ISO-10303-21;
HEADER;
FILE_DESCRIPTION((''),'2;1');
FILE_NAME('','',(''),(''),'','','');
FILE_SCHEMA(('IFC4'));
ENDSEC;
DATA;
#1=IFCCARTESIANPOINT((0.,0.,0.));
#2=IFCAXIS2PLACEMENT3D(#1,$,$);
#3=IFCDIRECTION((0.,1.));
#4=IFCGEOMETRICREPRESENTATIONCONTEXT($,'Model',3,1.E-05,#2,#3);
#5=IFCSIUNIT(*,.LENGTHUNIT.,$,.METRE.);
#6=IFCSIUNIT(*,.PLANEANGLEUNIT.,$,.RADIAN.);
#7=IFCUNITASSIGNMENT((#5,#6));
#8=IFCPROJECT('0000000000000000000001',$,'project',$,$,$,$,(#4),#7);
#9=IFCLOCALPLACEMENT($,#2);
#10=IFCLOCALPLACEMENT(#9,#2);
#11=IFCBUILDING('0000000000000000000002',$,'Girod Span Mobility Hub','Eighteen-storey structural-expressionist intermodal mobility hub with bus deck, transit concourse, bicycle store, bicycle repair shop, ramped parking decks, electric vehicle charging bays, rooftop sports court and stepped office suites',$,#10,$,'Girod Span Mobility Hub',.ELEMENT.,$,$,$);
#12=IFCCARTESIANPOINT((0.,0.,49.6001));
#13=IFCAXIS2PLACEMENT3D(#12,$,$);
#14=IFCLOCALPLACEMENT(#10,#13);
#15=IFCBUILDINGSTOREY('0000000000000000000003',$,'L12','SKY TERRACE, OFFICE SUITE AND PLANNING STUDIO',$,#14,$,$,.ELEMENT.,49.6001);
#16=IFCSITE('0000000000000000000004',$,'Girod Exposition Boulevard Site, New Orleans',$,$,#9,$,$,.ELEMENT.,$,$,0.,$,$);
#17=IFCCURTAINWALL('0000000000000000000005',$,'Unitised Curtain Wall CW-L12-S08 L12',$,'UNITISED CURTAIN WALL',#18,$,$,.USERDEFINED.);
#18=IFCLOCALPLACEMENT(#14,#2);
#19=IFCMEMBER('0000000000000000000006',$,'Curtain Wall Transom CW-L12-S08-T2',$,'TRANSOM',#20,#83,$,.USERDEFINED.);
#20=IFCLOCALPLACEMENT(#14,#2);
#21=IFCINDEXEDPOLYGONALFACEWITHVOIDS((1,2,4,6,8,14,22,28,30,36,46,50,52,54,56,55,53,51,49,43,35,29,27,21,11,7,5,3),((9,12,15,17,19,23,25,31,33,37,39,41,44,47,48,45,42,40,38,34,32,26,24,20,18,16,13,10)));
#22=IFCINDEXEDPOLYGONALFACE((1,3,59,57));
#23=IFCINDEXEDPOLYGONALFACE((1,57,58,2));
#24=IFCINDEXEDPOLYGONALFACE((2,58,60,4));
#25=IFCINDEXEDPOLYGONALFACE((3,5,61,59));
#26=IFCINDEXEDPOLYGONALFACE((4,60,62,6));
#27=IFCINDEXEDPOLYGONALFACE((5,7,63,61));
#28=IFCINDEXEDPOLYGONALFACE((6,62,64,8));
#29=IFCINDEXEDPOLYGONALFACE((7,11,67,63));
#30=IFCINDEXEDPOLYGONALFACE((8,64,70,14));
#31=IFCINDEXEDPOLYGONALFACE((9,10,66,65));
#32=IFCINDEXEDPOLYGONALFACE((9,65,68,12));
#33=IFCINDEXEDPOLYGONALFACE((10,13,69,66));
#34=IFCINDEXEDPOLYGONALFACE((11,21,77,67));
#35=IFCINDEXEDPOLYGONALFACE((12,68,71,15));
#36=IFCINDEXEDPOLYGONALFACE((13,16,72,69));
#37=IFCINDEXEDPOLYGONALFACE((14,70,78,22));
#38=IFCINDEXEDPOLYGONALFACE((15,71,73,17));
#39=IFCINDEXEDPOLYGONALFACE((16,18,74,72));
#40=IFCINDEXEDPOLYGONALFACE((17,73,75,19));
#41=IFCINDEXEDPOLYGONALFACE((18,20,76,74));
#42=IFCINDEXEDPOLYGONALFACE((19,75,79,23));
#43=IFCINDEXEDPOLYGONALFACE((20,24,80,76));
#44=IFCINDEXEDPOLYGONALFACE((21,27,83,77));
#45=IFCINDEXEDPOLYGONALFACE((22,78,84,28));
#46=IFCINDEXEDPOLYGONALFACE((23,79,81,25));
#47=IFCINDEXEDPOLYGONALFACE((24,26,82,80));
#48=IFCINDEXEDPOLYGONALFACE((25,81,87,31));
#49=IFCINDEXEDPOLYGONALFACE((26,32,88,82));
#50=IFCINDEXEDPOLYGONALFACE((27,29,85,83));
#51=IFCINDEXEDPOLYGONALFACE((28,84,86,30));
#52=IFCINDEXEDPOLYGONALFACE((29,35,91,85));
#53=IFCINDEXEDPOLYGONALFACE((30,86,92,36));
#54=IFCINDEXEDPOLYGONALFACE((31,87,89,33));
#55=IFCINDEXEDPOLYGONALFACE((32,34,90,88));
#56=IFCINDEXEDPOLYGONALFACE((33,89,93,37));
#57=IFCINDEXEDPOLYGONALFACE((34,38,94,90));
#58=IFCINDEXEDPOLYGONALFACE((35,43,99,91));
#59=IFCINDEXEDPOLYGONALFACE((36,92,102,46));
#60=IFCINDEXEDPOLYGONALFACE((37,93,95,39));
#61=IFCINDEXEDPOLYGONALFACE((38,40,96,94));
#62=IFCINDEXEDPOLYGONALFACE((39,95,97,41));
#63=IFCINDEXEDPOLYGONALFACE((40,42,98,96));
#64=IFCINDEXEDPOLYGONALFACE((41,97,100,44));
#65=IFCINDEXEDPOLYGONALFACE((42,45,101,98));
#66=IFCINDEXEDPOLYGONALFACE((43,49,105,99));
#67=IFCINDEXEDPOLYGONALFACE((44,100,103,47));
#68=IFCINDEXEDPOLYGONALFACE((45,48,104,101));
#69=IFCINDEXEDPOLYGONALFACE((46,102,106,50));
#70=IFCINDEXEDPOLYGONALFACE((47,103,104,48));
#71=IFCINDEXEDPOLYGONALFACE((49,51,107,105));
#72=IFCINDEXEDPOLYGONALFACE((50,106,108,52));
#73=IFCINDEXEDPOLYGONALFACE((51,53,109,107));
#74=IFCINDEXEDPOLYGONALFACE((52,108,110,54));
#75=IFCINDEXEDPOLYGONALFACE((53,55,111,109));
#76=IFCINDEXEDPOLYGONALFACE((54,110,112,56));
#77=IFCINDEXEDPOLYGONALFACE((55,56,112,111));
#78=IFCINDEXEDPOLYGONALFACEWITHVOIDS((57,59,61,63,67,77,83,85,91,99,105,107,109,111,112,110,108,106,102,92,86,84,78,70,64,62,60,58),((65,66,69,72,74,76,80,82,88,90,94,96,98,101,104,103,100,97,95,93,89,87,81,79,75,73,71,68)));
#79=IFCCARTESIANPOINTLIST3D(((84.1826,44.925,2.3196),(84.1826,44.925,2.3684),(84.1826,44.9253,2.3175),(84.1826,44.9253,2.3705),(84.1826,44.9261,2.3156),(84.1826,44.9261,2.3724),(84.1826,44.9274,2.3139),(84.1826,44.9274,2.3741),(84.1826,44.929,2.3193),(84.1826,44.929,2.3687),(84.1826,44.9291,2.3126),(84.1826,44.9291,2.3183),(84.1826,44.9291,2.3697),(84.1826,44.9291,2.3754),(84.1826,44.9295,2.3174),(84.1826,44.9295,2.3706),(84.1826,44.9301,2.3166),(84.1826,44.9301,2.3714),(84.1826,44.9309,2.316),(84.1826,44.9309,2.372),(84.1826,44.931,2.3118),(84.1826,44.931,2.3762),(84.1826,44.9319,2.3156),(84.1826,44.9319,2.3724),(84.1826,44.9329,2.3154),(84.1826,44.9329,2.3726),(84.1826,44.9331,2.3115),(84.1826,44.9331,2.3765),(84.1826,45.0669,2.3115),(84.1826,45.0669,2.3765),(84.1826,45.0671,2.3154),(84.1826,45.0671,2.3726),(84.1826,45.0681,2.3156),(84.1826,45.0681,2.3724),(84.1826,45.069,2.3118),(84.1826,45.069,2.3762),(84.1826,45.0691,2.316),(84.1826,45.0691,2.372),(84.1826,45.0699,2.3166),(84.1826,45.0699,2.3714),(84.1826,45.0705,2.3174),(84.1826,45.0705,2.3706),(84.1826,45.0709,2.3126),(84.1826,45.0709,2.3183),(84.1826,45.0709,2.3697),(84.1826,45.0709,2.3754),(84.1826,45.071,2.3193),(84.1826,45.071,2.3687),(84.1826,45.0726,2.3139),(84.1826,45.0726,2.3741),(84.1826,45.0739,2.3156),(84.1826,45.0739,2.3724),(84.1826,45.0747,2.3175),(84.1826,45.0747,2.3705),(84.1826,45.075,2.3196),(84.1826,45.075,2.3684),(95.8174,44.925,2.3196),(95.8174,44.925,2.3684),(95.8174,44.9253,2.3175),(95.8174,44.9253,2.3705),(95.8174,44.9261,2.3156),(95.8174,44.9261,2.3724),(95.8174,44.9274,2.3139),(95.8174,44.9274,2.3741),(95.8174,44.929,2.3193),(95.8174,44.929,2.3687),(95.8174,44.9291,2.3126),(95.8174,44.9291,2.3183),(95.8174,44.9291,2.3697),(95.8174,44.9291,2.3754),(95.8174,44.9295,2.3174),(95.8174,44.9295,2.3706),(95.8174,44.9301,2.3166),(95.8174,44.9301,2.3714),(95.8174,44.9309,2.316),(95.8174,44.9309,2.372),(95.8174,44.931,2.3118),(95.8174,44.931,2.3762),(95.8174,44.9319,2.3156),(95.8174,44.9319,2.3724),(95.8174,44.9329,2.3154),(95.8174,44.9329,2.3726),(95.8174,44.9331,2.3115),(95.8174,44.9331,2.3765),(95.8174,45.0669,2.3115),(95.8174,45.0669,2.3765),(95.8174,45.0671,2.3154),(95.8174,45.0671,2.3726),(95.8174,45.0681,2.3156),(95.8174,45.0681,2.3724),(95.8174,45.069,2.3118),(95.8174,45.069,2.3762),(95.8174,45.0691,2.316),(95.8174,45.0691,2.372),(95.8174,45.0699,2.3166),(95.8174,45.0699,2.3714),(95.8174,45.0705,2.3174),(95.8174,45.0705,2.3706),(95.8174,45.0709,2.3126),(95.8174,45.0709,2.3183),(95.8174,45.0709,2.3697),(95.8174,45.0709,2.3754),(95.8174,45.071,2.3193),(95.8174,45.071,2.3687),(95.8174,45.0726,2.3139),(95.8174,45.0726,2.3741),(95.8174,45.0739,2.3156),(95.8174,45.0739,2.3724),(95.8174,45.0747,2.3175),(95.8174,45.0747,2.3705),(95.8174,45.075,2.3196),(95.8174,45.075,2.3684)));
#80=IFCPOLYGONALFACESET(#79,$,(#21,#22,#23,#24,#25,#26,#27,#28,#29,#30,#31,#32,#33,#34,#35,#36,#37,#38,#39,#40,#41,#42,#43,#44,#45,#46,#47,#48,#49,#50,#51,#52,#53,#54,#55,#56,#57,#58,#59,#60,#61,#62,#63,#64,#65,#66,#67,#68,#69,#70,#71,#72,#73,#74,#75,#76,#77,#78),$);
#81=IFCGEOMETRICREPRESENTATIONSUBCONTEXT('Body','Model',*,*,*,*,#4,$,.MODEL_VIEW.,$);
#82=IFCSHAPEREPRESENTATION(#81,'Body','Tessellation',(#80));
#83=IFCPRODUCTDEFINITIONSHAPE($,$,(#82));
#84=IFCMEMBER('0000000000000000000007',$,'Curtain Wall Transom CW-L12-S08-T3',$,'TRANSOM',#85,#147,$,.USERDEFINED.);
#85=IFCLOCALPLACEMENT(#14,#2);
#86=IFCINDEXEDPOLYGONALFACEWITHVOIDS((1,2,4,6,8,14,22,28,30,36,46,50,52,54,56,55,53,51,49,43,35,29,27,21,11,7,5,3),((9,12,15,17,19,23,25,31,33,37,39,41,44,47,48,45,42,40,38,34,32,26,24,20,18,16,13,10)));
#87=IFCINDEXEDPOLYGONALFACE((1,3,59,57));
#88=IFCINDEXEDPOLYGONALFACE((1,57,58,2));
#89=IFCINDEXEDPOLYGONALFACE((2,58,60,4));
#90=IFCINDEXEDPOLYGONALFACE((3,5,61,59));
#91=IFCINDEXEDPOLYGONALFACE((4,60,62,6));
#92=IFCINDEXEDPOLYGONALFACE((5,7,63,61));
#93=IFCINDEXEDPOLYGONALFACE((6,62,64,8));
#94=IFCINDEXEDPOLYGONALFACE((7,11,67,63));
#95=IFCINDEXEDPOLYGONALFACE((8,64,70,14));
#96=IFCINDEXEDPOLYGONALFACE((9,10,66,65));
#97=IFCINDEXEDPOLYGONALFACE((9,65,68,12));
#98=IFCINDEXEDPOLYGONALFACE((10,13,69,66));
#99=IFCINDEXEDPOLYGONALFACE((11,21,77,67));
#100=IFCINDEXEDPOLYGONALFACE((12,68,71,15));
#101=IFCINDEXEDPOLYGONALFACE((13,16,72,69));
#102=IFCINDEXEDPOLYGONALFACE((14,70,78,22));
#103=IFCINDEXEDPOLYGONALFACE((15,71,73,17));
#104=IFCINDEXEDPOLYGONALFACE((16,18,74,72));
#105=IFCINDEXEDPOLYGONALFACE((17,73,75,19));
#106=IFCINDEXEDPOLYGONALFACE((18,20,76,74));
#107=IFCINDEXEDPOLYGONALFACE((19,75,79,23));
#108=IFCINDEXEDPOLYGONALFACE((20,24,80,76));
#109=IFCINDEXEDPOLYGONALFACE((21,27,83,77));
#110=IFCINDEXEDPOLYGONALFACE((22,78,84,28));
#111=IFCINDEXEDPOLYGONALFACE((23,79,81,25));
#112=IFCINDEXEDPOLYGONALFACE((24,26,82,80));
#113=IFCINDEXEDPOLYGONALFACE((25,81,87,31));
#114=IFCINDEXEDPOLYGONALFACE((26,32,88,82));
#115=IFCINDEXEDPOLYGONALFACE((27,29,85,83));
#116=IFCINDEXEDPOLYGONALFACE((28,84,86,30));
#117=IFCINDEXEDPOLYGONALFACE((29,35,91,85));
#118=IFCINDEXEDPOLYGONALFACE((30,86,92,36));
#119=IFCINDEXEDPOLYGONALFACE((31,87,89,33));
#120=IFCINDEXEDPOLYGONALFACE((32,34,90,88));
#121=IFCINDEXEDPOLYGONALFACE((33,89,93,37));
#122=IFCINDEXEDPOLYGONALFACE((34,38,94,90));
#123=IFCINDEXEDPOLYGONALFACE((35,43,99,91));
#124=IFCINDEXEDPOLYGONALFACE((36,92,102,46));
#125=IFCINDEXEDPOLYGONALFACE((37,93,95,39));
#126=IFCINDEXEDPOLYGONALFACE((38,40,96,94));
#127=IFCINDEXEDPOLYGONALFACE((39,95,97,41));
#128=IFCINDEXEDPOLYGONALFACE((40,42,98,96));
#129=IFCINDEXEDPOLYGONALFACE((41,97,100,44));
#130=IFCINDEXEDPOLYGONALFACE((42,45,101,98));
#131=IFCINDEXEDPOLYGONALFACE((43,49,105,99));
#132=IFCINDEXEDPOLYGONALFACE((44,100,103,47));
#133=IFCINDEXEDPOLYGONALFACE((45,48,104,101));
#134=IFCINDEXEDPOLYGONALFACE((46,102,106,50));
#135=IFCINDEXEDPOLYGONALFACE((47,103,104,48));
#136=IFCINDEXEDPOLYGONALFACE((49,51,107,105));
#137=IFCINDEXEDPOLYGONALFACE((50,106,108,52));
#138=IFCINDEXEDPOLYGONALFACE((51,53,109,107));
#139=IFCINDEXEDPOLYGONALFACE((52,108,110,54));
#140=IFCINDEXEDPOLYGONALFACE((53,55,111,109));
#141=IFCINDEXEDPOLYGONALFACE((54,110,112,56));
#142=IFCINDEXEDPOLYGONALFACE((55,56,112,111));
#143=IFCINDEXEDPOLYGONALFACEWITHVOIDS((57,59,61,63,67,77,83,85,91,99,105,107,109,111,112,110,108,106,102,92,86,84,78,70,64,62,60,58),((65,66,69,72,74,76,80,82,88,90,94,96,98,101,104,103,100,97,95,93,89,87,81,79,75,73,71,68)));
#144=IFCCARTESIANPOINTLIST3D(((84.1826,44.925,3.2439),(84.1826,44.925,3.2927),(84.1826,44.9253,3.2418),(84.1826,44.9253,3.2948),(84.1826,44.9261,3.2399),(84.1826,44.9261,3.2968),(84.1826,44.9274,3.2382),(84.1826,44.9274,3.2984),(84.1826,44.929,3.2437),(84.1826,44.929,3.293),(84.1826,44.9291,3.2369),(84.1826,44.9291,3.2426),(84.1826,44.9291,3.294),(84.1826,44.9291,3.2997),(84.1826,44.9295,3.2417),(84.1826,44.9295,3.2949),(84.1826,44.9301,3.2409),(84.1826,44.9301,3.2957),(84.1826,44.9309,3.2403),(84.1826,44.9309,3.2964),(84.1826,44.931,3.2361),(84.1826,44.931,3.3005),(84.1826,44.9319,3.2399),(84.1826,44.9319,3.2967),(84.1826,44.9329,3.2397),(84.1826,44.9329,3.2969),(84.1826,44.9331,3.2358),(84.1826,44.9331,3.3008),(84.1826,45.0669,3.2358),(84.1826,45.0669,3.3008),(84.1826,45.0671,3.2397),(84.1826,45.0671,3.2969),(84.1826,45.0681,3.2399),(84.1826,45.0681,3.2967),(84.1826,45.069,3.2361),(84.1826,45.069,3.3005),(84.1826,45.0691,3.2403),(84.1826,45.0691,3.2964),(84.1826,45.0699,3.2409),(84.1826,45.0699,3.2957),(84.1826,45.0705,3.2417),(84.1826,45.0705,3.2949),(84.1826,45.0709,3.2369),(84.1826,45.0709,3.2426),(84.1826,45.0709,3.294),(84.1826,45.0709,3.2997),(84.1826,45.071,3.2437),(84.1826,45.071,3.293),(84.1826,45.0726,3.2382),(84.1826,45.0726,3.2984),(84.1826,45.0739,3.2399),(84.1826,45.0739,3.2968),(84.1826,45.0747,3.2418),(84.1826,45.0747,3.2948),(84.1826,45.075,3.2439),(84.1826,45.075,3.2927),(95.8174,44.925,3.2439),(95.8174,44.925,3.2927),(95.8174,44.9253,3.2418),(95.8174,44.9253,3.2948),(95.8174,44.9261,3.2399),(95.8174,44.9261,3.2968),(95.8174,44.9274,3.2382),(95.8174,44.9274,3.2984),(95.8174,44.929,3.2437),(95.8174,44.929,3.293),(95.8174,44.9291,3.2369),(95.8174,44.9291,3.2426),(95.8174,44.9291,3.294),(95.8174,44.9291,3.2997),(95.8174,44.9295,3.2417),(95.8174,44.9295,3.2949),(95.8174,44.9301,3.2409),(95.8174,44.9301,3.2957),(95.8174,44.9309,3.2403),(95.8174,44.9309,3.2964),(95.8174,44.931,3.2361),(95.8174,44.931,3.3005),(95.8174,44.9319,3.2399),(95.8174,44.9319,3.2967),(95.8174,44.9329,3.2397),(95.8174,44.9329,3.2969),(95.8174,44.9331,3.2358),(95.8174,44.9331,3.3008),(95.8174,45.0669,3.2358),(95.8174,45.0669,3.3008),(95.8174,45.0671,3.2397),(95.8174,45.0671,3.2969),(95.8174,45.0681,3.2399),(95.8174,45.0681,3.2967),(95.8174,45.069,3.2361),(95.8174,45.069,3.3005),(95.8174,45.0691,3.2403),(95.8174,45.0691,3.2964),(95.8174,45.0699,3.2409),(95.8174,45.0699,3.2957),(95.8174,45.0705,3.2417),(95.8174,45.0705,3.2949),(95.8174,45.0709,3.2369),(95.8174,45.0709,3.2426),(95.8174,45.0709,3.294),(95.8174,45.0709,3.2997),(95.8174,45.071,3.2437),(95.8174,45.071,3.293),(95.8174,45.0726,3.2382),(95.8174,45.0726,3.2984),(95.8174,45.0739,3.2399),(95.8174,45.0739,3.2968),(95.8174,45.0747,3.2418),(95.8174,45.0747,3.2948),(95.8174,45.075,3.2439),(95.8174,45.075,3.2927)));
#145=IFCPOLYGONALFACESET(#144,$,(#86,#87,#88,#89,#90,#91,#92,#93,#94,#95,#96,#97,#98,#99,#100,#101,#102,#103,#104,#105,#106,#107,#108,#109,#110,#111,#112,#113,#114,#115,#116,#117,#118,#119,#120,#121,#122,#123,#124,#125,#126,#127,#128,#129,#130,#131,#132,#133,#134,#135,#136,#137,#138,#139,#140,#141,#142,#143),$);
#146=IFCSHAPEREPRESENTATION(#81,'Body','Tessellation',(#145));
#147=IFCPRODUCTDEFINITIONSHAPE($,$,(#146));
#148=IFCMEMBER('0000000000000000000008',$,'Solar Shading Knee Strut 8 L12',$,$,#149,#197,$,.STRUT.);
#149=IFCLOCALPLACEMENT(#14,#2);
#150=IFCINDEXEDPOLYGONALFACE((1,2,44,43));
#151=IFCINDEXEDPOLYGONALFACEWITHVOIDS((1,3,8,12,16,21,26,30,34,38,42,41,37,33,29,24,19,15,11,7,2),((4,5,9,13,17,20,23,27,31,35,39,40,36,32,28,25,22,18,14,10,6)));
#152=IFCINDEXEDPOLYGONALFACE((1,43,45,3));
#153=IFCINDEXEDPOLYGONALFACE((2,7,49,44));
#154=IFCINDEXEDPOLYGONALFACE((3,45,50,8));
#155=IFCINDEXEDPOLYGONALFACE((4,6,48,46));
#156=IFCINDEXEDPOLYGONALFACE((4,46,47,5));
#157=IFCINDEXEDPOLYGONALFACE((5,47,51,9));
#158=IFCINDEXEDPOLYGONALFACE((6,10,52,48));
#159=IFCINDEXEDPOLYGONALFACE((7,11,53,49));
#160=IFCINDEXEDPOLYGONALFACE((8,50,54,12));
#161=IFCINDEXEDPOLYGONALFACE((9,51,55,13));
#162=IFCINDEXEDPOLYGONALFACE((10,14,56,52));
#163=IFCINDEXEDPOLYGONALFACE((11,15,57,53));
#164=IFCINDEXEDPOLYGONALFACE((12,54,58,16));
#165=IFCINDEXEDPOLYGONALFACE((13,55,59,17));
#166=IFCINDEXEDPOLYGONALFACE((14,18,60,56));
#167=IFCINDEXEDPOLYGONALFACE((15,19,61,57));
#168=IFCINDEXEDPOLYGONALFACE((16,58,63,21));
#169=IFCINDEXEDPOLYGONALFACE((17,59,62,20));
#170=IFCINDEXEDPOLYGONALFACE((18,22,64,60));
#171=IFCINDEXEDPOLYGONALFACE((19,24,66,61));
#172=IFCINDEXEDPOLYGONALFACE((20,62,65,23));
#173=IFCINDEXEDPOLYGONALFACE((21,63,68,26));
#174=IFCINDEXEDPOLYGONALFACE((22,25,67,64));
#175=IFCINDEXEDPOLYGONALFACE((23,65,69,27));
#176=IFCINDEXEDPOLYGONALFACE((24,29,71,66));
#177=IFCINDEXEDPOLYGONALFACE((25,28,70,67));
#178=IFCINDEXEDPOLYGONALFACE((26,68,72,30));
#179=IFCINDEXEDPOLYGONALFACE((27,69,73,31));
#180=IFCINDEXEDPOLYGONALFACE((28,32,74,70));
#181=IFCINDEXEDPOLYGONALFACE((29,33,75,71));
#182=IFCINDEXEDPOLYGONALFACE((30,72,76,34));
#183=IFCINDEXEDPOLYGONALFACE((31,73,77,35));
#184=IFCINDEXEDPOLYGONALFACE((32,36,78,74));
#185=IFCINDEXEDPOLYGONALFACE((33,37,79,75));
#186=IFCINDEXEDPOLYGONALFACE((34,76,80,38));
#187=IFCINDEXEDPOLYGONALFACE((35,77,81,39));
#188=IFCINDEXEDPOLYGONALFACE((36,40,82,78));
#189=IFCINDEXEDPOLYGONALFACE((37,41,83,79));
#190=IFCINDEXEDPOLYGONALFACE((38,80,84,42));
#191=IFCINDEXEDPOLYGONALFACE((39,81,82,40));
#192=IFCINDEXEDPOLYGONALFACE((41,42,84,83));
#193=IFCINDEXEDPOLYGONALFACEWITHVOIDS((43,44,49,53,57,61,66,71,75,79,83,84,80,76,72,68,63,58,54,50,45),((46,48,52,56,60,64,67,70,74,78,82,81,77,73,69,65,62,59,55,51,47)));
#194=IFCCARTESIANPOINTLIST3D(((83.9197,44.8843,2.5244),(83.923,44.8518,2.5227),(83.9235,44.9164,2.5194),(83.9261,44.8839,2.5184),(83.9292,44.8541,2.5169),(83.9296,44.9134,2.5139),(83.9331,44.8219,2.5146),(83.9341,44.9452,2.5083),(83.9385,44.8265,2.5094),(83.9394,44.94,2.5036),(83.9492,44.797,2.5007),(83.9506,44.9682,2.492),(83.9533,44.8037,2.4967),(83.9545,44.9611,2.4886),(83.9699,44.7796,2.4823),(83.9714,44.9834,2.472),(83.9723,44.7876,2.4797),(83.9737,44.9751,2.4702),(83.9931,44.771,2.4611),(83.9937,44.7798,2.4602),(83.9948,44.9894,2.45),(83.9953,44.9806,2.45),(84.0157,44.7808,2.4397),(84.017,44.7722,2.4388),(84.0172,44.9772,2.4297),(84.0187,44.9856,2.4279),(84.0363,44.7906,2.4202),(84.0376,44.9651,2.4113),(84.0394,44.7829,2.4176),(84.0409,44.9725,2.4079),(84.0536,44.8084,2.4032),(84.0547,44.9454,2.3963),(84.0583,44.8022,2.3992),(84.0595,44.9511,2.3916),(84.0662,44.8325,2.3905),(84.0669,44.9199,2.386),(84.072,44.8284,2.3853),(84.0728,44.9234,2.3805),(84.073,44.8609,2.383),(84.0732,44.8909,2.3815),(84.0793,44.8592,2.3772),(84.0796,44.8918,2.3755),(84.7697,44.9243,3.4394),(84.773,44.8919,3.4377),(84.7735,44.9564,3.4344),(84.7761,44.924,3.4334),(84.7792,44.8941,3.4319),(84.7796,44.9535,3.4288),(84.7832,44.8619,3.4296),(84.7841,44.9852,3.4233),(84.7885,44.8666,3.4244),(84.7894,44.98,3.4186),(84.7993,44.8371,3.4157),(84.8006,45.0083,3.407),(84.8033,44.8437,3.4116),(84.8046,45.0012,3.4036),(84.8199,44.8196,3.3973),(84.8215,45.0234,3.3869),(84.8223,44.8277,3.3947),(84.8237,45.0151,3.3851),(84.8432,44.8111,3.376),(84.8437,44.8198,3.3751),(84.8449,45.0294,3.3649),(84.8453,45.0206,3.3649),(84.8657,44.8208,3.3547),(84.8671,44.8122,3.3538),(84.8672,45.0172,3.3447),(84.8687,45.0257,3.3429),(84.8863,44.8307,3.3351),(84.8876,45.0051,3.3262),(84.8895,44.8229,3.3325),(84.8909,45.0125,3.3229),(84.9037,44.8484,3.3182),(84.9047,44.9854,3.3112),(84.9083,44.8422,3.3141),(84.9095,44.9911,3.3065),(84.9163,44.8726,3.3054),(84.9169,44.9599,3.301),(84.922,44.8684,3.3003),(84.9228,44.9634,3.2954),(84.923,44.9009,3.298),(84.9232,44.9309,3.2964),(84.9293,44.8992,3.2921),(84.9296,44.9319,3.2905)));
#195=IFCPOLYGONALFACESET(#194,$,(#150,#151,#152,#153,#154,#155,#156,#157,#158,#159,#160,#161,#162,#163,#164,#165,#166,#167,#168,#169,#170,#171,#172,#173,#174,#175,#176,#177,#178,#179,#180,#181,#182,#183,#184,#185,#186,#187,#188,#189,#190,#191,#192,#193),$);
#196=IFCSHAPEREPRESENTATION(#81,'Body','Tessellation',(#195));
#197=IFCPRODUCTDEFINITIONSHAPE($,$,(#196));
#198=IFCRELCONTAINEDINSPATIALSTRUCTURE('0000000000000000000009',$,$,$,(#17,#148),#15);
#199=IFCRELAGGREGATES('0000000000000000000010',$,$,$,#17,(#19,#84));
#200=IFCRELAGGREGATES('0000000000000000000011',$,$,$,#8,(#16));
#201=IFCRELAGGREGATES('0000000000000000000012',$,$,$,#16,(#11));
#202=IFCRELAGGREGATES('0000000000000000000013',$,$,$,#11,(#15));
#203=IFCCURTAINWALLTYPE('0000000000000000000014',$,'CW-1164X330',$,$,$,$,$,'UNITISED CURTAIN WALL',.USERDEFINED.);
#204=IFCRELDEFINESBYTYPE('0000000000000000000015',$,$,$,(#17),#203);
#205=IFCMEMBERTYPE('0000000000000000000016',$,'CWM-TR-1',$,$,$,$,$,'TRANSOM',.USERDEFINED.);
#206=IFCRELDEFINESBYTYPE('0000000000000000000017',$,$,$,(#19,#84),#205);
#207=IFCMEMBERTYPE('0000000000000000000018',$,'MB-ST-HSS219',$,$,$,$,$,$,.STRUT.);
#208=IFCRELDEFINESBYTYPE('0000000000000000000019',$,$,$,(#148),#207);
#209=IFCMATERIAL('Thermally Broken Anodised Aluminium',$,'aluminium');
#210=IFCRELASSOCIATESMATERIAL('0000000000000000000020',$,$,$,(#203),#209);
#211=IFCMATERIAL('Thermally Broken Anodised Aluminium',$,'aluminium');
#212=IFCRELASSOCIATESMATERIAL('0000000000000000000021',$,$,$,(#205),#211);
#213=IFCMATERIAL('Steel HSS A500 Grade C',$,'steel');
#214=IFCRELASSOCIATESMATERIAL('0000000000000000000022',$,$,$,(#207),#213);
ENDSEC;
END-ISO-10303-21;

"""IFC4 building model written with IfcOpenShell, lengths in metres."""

from ifc_helpers import new_model, si_unit, direction, frame, origin, origin_2d, place, context, subcontext, project, spatial, hollow_rectangle, hollow_circle, extrude, material, material_profile, profile_set, type_object, element, aggregate, save


model = new_model("IFC4")

# Units and contexts
model_context = context("Model", 3, precision=1e-05, world=origin(), true_north=direction((0.0, 1.0)))
body_context = subcontext(model_context, "Body", "Model", "MODEL_VIEW")
ifc_project = project(units=[si_unit("LENGTHUNIT", "METRE"), si_unit("PLANEANGLEUNIT", "RADIAN")], contexts=[model_context])

# Site, building, storey
site_placement = place(None, origin())
site = spatial("IfcSite", under=ifc_project, at=site_placement, Name="Girod Exposition Boulevard Site, New Orleans", CompositionType="ELEMENT", RefElevation=0.0)
building_placement = place(site_placement, origin())
building = spatial("IfcBuilding", under=site, at=building_placement, Name="Girod Span Mobility Hub", Description="Eighteen-storey structural-expressionist intermodal mobility hub with bus deck, transit concourse, bicycle store, bicycle repair shop, ramped parking decks, electric vehicle charging bays, rooftop sports court and stepped office suites", LongName="Girod Span Mobility Hub", CompositionType="ELEMENT")
storey_placement = place(building_placement, frame((0.0, 0.0, 49.6001)))
storey = spatial("IfcBuildingStorey", under=building, at=storey_placement, Name="L12", Description="SKY TERRACE, OFFICE SUITE AND PLANNING STUDIO", CompositionType="ELEMENT", Elevation=49.6001)

# Curtain wall, members
ifc_material_1 = material(Name="Thermally Broken Anodised Aluminium", Category="aluminium")
curtain_wall_type = type_object("IfcCurtainWallType", Name="CW-1164X330", ElementType="UNITISED CURTAIN WALL", PredefinedType="USERDEFINED", material=ifc_material_1)
curtain_wall_1_placement = place(storey_placement, origin())
curtain_wall_1 = element("IfcCurtainWall", 1, at=curtain_wall_1_placement, inside=storey, type_object=curtain_wall_type, Name="Unitised Curtain Wall CW-L12-S08 L12", ObjectType="UNITISED CURTAIN WALL", PredefinedType="USERDEFINED")
ifc_material_2 = material(Name="Thermally Broken Anodised Aluminium", Category="aluminium")
ifc_material_profile_1 = material_profile(ifc_material_2, hollow_rectangle(XDim=0.1499, YDim=0.0649, WallThickness=0.0039, InnerFilletRadius=0.0039, OuterFilletRadius=0.0081, at=origin_2d()), Name="CW-TR-65X150")
ifc_profile_set_1 = profile_set([ifc_material_profile_1], Name="Thermally Broken Anodised Aluminium")
member_type_1 = type_object("IfcMemberType", Name="CWM-TR-1", ElementType="TRANSOM", PredefinedType="USERDEFINED", material=ifc_profile_set_1)
member_1_placement = place(storey_placement, frame((84.1826, 45.0, 2.344), z_axis=(1.0, 0.0, 0.0), x_axis=(0.0, 1.0, 0.0)))
member_1 = element("IfcMember", 2, at=member_1_placement, type_object=member_type_1, Name="Curtain Wall Transom CW-L12-S08-T2", ObjectType="TRANSOM", PredefinedType="USERDEFINED", context=body_context, shape_type="SweptSolid", body=[
    extrude(hollow_rectangle(XDim=0.1499, YDim=0.0649, WallThickness=0.0039, InnerFilletRadius=0.0039, OuterFilletRadius=0.0081, at=origin_2d()), origin(), (0.0, 0.0, 1.0), 11.6348),
])
member_2_placement = place(storey_placement, frame((84.1826, 45.0, 3.2683), z_axis=(1.0, 0.0, 0.0), x_axis=(0.0, 1.0, 0.0)))
member_2 = element("IfcMember", 3, at=member_2_placement, type_object=member_type_1, Name="Curtain Wall Transom CW-L12-S08-T3", ObjectType="TRANSOM", PredefinedType="USERDEFINED", context=body_context, shape_type="SweptSolid", body=[
    extrude(hollow_rectangle(XDim=0.1499, YDim=0.0649, WallThickness=0.0039, InnerFilletRadius=0.0039, OuterFilletRadius=0.0081, at=origin_2d()), origin(), (0.0, 0.0, 1.0), 11.6348),
])

# Member
ifc_material_3 = material(Name="Steel HSS A500 Grade C", Category="steel")
ifc_material_profile_2 = material_profile(ifc_material_3, hollow_circle(Radius=0.1096, WallThickness=0.0088, at=origin_2d()), Name="HSS219X9.5")
ifc_profile_set_2 = profile_set([ifc_material_profile_2], Name="Steel HSS A500 Grade C")
member_type_2 = type_object("IfcMemberType", Name="MB-ST-HSS219", PredefinedType="STRUT", material=ifc_profile_set_2)
member_3_placement = place(storey_placement, frame((84.0, 44.8799, 2.45), z_axis=(0.680282, 0.032041, 0.73225), x_axis=(-0.047047, 0.998893, 0.0)))
element("IfcMember", 4, at=member_3_placement, inside=storey, type_object=member_type_2, Name="Solar Shading Knee Strut 8 L12", PredefinedType="STRUT", context=body_context, shape_type="SweptSolid", body=[
    extrude(hollow_circle(Radius=0.1096, WallThickness=0.0088, at=origin_2d()), origin(), (0.0, 0.0, 1.0), 1.2495),
])

aggregate(curtain_wall_1, [member_1, member_2])

save(model, "model.ifc")
